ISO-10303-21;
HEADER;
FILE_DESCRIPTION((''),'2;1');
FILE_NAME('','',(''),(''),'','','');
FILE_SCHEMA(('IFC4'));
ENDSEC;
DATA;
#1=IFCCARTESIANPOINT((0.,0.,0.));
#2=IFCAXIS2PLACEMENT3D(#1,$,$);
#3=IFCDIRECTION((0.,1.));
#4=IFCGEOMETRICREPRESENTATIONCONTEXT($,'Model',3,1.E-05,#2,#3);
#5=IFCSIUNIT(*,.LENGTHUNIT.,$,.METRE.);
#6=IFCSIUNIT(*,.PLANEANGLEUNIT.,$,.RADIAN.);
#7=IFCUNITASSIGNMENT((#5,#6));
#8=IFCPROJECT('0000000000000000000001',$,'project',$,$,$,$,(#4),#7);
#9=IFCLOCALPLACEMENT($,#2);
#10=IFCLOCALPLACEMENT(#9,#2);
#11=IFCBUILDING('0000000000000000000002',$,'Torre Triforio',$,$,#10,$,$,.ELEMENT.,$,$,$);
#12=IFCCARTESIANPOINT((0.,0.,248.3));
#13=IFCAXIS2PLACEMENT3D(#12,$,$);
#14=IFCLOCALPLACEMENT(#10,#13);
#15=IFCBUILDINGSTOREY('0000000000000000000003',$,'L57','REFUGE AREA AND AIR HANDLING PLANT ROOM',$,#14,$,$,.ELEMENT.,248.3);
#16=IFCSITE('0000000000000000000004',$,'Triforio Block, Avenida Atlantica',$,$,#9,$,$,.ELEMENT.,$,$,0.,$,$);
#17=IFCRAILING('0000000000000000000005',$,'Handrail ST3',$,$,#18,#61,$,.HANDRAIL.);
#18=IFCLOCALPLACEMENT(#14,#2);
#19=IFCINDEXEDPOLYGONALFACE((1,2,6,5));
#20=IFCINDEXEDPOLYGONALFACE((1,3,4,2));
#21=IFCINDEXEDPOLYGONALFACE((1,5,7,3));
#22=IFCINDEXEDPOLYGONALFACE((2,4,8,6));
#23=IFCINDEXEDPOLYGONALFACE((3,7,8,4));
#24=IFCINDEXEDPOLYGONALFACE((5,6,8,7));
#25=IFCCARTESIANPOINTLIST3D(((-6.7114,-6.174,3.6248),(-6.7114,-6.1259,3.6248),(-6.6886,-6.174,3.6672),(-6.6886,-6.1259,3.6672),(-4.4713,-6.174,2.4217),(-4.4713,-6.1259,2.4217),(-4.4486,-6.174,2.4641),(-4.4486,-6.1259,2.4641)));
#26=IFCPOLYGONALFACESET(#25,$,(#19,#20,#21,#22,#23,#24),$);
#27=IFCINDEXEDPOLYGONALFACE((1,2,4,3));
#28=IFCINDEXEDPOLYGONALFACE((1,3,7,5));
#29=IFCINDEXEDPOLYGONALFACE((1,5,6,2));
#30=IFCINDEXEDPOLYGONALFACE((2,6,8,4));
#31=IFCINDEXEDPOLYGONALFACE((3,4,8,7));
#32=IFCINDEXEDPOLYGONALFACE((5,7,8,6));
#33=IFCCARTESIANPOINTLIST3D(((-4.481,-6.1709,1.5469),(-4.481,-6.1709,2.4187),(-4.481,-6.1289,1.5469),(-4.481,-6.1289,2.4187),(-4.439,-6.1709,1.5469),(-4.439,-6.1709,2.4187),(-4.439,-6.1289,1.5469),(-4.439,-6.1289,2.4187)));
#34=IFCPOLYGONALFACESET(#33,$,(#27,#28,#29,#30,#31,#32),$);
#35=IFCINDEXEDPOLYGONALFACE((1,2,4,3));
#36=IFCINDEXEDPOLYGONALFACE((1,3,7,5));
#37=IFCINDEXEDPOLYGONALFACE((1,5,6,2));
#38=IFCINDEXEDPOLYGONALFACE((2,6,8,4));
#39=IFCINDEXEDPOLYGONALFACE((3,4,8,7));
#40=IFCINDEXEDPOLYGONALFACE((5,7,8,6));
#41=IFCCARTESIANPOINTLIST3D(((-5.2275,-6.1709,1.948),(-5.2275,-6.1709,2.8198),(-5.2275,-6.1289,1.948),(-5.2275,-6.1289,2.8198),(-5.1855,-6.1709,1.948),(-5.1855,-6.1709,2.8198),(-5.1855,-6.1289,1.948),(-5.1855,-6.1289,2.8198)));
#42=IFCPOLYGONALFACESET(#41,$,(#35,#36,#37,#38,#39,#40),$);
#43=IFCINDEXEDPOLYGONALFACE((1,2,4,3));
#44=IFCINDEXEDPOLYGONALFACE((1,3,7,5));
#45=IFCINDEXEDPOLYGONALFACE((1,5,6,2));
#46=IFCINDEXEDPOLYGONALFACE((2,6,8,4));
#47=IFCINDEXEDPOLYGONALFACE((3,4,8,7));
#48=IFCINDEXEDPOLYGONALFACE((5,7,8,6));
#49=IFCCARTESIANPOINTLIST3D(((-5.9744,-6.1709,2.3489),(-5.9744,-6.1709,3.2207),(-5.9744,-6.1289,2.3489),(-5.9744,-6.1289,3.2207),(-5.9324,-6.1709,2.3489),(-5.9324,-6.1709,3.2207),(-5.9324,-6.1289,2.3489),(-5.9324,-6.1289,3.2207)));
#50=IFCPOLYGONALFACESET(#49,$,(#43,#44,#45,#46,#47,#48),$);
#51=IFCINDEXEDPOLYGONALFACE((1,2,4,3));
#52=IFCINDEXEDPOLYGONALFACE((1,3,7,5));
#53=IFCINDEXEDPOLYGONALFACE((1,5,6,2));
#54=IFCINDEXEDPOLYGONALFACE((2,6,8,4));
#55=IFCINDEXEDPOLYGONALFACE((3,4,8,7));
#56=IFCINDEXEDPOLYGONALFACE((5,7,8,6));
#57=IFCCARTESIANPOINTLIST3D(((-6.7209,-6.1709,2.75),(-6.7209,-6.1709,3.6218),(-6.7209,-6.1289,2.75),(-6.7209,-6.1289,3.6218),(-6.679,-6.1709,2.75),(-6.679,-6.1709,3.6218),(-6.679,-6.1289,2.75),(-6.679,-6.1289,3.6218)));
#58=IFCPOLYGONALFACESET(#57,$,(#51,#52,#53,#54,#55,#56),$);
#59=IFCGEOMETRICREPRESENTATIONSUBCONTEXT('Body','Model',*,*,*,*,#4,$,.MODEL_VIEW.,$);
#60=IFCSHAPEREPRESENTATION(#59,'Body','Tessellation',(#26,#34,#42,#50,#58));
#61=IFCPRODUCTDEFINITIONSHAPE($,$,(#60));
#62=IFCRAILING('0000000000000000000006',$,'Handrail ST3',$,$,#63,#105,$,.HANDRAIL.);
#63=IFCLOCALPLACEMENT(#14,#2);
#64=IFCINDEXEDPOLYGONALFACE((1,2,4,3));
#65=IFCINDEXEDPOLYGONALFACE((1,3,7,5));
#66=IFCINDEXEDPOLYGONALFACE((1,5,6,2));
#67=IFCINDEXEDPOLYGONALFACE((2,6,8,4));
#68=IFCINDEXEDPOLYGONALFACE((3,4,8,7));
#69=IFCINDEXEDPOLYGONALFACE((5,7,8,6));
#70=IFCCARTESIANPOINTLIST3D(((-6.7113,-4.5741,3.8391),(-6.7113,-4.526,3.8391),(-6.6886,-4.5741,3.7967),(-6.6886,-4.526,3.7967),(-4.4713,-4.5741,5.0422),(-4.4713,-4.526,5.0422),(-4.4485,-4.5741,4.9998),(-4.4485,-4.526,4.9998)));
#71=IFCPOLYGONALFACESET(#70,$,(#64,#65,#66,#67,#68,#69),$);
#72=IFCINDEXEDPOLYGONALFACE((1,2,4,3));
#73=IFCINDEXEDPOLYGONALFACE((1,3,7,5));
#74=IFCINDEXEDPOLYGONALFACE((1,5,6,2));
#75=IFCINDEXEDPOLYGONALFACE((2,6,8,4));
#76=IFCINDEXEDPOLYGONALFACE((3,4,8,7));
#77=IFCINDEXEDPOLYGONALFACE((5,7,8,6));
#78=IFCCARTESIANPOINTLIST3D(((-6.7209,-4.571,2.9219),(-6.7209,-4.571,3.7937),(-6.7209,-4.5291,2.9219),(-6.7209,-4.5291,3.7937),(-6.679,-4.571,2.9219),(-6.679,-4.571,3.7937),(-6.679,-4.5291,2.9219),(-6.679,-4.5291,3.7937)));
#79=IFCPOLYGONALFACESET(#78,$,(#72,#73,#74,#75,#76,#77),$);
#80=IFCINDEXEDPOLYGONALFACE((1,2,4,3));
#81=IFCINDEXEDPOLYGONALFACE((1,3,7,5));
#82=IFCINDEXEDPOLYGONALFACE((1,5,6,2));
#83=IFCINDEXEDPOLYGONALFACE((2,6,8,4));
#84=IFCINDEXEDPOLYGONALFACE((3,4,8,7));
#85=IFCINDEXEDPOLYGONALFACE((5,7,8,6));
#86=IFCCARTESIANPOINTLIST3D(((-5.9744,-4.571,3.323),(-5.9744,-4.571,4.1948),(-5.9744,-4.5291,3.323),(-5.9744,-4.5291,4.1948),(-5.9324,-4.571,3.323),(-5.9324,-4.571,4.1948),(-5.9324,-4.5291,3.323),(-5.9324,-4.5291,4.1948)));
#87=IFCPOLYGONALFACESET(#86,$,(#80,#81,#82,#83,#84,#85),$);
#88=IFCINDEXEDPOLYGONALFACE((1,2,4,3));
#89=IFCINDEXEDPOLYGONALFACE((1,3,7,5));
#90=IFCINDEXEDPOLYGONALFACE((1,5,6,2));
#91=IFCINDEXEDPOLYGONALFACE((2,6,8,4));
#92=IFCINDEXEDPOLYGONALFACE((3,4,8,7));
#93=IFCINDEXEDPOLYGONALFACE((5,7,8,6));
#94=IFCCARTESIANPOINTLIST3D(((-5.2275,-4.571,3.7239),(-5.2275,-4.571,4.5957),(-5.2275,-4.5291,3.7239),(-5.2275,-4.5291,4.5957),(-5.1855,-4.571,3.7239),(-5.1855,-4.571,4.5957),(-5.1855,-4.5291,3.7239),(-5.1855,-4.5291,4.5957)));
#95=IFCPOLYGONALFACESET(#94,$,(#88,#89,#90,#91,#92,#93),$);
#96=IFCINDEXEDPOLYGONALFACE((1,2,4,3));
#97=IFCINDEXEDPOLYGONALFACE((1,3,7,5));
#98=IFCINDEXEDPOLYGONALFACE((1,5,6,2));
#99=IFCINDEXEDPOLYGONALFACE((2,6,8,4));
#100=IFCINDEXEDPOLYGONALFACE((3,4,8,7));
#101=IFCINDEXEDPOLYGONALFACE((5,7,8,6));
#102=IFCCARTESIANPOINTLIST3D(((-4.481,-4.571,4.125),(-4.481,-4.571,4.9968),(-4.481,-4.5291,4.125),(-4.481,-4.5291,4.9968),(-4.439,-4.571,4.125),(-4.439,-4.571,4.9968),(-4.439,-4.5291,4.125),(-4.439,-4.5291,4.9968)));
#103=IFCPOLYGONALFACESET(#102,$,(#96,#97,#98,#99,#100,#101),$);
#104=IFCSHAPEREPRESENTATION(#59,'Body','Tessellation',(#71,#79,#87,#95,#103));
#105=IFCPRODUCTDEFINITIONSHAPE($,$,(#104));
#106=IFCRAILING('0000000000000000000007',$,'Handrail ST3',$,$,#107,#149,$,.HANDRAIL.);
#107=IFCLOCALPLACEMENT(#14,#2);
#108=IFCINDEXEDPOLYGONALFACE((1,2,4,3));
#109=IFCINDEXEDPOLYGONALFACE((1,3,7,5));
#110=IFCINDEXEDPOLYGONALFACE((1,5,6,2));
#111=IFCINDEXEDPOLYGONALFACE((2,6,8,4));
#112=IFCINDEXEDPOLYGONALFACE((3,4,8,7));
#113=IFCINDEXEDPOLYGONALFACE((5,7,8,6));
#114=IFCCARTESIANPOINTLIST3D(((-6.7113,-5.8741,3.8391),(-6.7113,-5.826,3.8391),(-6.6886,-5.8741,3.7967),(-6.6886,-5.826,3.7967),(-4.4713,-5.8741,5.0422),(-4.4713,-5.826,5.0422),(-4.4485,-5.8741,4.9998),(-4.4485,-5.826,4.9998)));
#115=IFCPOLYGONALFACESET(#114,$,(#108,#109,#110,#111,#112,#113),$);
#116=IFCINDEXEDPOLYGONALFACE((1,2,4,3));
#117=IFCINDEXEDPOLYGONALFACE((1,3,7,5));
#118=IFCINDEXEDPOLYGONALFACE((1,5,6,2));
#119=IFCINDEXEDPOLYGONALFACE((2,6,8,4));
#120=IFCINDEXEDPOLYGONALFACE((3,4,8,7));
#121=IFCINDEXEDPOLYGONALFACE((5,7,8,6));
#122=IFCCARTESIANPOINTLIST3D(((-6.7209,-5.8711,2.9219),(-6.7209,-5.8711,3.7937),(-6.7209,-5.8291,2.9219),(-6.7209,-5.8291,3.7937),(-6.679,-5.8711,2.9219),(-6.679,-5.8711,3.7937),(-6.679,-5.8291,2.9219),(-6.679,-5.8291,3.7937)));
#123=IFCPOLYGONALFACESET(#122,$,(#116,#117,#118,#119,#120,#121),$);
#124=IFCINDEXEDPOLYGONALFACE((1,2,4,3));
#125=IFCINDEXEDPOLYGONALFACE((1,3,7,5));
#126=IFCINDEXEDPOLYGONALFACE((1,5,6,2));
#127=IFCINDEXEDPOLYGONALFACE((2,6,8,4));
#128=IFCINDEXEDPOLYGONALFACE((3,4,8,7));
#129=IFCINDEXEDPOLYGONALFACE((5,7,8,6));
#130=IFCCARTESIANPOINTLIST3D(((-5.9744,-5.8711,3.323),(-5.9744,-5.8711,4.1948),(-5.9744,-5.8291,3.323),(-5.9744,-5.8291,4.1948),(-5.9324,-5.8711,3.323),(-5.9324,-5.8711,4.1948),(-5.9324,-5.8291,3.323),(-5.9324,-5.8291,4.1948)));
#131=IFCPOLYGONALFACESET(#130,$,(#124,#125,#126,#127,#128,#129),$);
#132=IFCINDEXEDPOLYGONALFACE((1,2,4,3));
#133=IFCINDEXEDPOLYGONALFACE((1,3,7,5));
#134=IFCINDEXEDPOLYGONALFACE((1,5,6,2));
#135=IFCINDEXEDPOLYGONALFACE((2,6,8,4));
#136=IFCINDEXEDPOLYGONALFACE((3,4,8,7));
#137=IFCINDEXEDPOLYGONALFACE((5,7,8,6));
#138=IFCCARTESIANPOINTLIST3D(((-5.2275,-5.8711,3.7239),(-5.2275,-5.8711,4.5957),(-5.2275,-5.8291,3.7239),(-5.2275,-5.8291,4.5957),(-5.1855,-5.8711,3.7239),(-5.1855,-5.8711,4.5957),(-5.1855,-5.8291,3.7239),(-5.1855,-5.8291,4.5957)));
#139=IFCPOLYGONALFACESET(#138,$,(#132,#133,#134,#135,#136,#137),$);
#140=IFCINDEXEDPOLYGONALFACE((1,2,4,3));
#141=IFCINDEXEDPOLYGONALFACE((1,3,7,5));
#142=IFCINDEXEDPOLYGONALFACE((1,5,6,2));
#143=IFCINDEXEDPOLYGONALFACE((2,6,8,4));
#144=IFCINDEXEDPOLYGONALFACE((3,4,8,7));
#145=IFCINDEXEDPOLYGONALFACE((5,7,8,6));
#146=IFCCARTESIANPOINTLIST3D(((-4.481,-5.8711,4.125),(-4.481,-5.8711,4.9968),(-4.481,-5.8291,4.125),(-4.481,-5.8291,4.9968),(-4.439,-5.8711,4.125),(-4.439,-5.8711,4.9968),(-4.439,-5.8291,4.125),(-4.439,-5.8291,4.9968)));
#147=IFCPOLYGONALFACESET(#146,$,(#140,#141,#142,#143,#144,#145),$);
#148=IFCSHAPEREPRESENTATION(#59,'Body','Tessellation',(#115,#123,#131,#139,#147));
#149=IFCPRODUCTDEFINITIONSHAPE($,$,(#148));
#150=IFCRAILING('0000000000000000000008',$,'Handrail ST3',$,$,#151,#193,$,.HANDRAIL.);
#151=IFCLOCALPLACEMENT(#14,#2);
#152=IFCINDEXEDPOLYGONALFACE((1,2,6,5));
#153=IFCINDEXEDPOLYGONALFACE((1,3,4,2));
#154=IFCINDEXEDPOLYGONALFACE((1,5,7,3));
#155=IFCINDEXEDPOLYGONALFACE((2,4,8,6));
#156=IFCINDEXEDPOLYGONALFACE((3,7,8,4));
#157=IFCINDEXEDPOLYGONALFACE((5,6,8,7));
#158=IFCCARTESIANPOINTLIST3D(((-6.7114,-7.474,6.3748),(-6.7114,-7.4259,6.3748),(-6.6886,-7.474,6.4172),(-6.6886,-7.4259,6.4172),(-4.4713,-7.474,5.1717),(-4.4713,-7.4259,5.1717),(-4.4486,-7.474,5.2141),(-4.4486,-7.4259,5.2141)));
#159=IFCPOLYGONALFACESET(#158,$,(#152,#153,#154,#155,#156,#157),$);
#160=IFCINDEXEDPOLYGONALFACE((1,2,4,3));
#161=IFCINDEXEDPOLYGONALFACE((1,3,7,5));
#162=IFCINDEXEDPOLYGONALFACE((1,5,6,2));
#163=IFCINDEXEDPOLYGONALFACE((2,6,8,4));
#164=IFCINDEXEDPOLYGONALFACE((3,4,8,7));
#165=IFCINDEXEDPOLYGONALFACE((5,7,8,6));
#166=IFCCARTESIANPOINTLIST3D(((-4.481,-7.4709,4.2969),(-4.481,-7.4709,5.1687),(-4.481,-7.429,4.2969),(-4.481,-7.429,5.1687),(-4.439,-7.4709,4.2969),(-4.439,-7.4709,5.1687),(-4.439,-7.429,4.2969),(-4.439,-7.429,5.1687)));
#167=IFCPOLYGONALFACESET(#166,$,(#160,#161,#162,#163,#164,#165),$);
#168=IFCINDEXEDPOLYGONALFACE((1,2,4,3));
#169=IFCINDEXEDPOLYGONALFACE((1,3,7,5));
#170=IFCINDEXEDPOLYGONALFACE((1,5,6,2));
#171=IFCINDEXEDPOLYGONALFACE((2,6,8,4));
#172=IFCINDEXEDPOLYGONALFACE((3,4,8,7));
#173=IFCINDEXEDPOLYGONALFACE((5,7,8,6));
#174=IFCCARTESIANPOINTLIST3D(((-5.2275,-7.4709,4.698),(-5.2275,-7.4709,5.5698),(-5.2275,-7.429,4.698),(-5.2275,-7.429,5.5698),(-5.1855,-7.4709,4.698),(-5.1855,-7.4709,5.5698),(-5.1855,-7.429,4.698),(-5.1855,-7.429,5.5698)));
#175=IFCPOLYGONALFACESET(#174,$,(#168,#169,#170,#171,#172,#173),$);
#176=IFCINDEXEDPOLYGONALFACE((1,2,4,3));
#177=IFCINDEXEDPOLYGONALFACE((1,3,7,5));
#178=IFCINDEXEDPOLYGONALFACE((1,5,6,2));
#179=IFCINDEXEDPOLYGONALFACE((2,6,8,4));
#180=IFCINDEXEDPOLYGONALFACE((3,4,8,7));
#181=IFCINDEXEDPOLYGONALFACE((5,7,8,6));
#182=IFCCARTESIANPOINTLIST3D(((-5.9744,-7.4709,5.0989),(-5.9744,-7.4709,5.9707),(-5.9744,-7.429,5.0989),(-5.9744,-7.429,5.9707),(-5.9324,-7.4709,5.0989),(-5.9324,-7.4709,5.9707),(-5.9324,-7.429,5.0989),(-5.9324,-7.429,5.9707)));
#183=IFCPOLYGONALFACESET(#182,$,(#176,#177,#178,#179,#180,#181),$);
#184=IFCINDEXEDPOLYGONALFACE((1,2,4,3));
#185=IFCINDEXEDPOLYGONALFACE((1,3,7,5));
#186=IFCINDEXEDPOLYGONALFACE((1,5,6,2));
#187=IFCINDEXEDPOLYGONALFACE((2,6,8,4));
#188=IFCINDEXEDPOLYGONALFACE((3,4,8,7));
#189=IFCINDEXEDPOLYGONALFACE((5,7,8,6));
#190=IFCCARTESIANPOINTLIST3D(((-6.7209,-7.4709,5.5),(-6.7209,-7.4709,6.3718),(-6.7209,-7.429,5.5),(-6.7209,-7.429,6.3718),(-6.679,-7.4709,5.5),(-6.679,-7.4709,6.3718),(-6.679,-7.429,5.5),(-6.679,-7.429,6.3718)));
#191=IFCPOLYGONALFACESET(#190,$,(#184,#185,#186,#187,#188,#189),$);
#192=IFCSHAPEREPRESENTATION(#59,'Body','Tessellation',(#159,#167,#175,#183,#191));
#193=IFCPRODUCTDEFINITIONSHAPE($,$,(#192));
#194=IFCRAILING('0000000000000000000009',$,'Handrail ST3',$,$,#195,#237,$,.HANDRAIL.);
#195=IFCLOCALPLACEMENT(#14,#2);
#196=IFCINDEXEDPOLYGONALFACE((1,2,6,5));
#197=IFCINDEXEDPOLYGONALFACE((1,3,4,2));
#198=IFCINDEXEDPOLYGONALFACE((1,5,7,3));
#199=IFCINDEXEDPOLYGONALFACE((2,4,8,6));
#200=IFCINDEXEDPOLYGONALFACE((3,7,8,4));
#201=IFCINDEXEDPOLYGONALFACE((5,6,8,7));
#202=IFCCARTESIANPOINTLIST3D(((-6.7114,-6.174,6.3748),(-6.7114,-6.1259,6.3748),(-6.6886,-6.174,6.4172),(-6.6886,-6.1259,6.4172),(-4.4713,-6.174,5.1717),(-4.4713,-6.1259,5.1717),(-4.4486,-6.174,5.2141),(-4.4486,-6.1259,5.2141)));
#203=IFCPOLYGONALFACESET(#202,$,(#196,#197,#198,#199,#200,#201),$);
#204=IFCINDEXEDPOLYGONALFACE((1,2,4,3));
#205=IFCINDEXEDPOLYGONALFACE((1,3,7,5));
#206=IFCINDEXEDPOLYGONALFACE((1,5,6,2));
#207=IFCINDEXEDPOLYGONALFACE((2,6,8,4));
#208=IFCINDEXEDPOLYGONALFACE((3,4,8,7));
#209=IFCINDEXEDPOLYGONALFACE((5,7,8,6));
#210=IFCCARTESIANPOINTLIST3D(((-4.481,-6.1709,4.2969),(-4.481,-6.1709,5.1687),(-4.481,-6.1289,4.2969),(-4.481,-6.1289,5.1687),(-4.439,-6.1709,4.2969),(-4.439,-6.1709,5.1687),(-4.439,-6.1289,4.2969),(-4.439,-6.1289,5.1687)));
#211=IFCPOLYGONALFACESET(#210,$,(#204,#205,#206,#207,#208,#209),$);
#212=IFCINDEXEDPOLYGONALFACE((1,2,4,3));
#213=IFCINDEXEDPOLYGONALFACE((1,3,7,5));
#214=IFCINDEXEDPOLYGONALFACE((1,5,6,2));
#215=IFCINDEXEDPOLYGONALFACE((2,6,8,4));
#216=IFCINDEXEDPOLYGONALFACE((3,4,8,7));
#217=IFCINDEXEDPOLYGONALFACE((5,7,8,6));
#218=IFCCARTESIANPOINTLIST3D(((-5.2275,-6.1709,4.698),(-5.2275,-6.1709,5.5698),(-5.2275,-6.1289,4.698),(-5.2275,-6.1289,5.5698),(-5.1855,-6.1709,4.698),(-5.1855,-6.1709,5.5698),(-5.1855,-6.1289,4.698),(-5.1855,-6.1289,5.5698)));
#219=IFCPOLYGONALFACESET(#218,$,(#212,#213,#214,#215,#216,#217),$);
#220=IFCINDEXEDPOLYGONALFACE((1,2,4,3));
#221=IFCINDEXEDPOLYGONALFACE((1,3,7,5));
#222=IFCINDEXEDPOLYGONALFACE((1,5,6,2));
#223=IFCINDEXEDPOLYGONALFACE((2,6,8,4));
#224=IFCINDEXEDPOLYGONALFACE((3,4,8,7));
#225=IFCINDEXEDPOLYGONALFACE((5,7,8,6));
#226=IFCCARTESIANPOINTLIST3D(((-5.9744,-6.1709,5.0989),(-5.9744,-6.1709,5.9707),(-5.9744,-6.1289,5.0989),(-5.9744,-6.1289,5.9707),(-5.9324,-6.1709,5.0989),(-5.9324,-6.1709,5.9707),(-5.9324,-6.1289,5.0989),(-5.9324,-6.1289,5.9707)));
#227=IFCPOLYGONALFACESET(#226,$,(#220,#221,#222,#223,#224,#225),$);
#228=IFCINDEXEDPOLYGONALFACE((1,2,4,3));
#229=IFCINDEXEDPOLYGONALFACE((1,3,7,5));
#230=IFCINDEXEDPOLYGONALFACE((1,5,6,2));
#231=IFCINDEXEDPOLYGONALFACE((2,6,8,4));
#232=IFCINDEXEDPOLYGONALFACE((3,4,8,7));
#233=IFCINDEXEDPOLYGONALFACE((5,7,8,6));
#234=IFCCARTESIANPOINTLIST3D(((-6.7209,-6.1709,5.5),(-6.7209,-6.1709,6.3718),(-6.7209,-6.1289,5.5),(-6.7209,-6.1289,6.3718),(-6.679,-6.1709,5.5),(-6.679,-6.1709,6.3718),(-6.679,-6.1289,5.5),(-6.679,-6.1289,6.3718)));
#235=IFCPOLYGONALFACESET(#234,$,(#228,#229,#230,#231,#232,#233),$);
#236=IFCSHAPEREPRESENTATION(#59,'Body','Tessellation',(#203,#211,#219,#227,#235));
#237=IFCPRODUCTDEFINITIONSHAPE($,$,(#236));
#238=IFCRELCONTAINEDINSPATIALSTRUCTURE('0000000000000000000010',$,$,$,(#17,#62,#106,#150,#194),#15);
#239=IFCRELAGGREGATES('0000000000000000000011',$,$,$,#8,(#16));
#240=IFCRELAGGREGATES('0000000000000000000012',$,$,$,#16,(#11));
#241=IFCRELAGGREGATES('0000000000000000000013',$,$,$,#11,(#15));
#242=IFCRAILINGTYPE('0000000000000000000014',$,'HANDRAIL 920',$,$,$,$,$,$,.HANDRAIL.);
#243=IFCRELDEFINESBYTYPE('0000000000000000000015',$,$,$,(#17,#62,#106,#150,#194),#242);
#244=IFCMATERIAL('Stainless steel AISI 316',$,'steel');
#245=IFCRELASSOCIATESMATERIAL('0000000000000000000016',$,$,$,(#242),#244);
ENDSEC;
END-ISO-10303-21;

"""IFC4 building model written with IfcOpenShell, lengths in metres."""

from ifc_helpers import new_model, si_unit, direction, frame, origin, origin_2d, place, context, subcontext, project, spatial, rectangle, extrude, material, type_object, element, save


model = new_model("IFC4")

# Units and contexts
model_context = context("Model", 3, precision=1e-05, world=origin(), true_north=direction((0.0, 1.0)))
body_context = subcontext(model_context, "Body", "Model", "MODEL_VIEW")
ifc_project = project(units=[si_unit("LENGTHUNIT", "METRE"), si_unit("PLANEANGLEUNIT", "RADIAN")], contexts=[model_context])

# Site, building, storey
site_placement = place(None, origin())
site = spatial("IfcSite", under=ifc_project, at=site_placement, Name="Triforio Block, Avenida Atlantica", CompositionType="ELEMENT", RefElevation=0.0)
building_placement = place(site_placement, origin())
building = spatial("IfcBuilding", under=site, at=building_placement, Name="Torre Triforio", CompositionType="ELEMENT")
storey_placement = place(building_placement, frame((0.0, 0.0, 248.3)))
storey = spatial("IfcBuildingStorey", under=building, at=storey_placement, Name="L57", Description="REFUGE AREA AND AIR HANDLING PLANT ROOM", CompositionType="ELEMENT", Elevation=248.3)

# Railings
ifc_material_1 = material(Name="Stainless steel AISI 316", Category="steel")
railing_type = type_object("IfcRailingType", Name="HANDRAIL 920", PredefinedType="HANDRAIL", material=ifc_material_1)
for number, where, name in (
    (1, (-4.46, -6.1499, 1.5469), "Handrail ST3"),
):
    element("IfcRailing", number, at=place(storey_placement, frame(where)), inside=storey, type_object=railing_type, Name=name, PredefinedType="HANDRAIL", context=body_context, shape_type="SweptSolid", body=[
        extrude(rectangle(XDim=0.0481, YDim=0.0481, at=origin_2d()), frame((0.0, 0.0, 0.896), z_axis=(-0.880967, 0.0, 0.473178), x_axis=(0.0, -1.0, 0.0)), (0.0, 0.0, 1.0), 2.5427),
        extrude(rectangle(XDim=0.042, YDim=0.042, at=origin_2d()), origin(), (0.0, 0.0, 1.0), 0.8718),
        extrude(rectangle(XDim=0.042, YDim=0.042, at=origin_2d()), frame((-0.7466, 0.0, 0.4011)), (0.0, 0.0, 1.0), 0.8718),
        extrude(rectangle(XDim=0.042, YDim=0.042, at=origin_2d()), frame((-1.4934, 0.0, 0.802)), (0.0, 0.0, 1.0), 0.8718),
        extrude(rectangle(XDim=0.042, YDim=0.042, at=origin_2d()), frame((-2.24, 0.0, 1.2031)), (0.0, 0.0, 1.0), 0.8718),
    ])
for number, where, name in (
    (2, (-6.7, -4.55, 2.9219), "Handrail ST3"),
    (3, (-6.7, -5.8501, 2.9219), "Handrail ST3"),
):
    element("IfcRailing", number, at=place(storey_placement, frame(where)), inside=storey, type_object=railing_type, Name=name, PredefinedType="HANDRAIL", context=body_context, shape_type="SweptSolid", body=[
        extrude(rectangle(XDim=0.0481, YDim=0.0481, at=origin_2d()), frame((0.0, 0.0, 0.896), z_axis=(0.880967, 0.0, 0.473178), x_axis=(0.0, 1.0, 0.0)), (0.0, 0.0, 1.0), 2.5427),
        extrude(rectangle(XDim=0.042, YDim=0.042, at=origin_2d()), origin(), (0.0, 0.0, 1.0), 0.8718),
        extrude(rectangle(XDim=0.042, YDim=0.042, at=origin_2d()), frame((0.7466, 0.0, 0.4011)), (0.0, 0.0, 1.0), 0.8718),
        extrude(rectangle(XDim=0.042, YDim=0.042, at=origin_2d()), frame((1.4934, 0.0, 0.802)), (0.0, 0.0, 1.0), 0.8718),
        extrude(rectangle(XDim=0.042, YDim=0.042, at=origin_2d()), frame((2.24, 0.0, 1.2031)), (0.0, 0.0, 1.0), 0.8718),
    ])
for number, where, name in (
    (4, (-4.46, -7.45, 4.2969), "Handrail ST3"),
    (5, (-4.46, -6.1499, 4.2969), "Handrail ST3"),
):
    element("IfcRailing", number, at=place(storey_placement, frame(where)), inside=storey, type_object=railing_type, Name=name, PredefinedType="HANDRAIL", context=body_context, shape_type="SweptSolid", body=[
        extrude(rectangle(XDim=0.0481, YDim=0.0481, at=origin_2d()), frame((0.0, 0.0, 0.896), z_axis=(-0.880967, 0.0, 0.473178), x_axis=(0.0, -1.0, 0.0)), (0.0, 0.0, 1.0), 2.5427),
        extrude(rectangle(XDim=0.042, YDim=0.042, at=origin_2d()), origin(), (0.0, 0.0, 1.0), 0.8718),
        extrude(rectangle(XDim=0.042, YDim=0.042, at=origin_2d()), frame((-0.7466, 0.0, 0.4011)), (0.0, 0.0, 1.0), 0.8718),
        extrude(rectangle(XDim=0.042, YDim=0.042, at=origin_2d()), frame((-1.4934, 0.0, 0.802)), (0.0, 0.0, 1.0), 0.8718),
        extrude(rectangle(XDim=0.042, YDim=0.042, at=origin_2d()), frame((-2.24, 0.0, 1.2031)), (0.0, 0.0, 1.0), 0.8718),
    ])

save(model, "model.ifc")
